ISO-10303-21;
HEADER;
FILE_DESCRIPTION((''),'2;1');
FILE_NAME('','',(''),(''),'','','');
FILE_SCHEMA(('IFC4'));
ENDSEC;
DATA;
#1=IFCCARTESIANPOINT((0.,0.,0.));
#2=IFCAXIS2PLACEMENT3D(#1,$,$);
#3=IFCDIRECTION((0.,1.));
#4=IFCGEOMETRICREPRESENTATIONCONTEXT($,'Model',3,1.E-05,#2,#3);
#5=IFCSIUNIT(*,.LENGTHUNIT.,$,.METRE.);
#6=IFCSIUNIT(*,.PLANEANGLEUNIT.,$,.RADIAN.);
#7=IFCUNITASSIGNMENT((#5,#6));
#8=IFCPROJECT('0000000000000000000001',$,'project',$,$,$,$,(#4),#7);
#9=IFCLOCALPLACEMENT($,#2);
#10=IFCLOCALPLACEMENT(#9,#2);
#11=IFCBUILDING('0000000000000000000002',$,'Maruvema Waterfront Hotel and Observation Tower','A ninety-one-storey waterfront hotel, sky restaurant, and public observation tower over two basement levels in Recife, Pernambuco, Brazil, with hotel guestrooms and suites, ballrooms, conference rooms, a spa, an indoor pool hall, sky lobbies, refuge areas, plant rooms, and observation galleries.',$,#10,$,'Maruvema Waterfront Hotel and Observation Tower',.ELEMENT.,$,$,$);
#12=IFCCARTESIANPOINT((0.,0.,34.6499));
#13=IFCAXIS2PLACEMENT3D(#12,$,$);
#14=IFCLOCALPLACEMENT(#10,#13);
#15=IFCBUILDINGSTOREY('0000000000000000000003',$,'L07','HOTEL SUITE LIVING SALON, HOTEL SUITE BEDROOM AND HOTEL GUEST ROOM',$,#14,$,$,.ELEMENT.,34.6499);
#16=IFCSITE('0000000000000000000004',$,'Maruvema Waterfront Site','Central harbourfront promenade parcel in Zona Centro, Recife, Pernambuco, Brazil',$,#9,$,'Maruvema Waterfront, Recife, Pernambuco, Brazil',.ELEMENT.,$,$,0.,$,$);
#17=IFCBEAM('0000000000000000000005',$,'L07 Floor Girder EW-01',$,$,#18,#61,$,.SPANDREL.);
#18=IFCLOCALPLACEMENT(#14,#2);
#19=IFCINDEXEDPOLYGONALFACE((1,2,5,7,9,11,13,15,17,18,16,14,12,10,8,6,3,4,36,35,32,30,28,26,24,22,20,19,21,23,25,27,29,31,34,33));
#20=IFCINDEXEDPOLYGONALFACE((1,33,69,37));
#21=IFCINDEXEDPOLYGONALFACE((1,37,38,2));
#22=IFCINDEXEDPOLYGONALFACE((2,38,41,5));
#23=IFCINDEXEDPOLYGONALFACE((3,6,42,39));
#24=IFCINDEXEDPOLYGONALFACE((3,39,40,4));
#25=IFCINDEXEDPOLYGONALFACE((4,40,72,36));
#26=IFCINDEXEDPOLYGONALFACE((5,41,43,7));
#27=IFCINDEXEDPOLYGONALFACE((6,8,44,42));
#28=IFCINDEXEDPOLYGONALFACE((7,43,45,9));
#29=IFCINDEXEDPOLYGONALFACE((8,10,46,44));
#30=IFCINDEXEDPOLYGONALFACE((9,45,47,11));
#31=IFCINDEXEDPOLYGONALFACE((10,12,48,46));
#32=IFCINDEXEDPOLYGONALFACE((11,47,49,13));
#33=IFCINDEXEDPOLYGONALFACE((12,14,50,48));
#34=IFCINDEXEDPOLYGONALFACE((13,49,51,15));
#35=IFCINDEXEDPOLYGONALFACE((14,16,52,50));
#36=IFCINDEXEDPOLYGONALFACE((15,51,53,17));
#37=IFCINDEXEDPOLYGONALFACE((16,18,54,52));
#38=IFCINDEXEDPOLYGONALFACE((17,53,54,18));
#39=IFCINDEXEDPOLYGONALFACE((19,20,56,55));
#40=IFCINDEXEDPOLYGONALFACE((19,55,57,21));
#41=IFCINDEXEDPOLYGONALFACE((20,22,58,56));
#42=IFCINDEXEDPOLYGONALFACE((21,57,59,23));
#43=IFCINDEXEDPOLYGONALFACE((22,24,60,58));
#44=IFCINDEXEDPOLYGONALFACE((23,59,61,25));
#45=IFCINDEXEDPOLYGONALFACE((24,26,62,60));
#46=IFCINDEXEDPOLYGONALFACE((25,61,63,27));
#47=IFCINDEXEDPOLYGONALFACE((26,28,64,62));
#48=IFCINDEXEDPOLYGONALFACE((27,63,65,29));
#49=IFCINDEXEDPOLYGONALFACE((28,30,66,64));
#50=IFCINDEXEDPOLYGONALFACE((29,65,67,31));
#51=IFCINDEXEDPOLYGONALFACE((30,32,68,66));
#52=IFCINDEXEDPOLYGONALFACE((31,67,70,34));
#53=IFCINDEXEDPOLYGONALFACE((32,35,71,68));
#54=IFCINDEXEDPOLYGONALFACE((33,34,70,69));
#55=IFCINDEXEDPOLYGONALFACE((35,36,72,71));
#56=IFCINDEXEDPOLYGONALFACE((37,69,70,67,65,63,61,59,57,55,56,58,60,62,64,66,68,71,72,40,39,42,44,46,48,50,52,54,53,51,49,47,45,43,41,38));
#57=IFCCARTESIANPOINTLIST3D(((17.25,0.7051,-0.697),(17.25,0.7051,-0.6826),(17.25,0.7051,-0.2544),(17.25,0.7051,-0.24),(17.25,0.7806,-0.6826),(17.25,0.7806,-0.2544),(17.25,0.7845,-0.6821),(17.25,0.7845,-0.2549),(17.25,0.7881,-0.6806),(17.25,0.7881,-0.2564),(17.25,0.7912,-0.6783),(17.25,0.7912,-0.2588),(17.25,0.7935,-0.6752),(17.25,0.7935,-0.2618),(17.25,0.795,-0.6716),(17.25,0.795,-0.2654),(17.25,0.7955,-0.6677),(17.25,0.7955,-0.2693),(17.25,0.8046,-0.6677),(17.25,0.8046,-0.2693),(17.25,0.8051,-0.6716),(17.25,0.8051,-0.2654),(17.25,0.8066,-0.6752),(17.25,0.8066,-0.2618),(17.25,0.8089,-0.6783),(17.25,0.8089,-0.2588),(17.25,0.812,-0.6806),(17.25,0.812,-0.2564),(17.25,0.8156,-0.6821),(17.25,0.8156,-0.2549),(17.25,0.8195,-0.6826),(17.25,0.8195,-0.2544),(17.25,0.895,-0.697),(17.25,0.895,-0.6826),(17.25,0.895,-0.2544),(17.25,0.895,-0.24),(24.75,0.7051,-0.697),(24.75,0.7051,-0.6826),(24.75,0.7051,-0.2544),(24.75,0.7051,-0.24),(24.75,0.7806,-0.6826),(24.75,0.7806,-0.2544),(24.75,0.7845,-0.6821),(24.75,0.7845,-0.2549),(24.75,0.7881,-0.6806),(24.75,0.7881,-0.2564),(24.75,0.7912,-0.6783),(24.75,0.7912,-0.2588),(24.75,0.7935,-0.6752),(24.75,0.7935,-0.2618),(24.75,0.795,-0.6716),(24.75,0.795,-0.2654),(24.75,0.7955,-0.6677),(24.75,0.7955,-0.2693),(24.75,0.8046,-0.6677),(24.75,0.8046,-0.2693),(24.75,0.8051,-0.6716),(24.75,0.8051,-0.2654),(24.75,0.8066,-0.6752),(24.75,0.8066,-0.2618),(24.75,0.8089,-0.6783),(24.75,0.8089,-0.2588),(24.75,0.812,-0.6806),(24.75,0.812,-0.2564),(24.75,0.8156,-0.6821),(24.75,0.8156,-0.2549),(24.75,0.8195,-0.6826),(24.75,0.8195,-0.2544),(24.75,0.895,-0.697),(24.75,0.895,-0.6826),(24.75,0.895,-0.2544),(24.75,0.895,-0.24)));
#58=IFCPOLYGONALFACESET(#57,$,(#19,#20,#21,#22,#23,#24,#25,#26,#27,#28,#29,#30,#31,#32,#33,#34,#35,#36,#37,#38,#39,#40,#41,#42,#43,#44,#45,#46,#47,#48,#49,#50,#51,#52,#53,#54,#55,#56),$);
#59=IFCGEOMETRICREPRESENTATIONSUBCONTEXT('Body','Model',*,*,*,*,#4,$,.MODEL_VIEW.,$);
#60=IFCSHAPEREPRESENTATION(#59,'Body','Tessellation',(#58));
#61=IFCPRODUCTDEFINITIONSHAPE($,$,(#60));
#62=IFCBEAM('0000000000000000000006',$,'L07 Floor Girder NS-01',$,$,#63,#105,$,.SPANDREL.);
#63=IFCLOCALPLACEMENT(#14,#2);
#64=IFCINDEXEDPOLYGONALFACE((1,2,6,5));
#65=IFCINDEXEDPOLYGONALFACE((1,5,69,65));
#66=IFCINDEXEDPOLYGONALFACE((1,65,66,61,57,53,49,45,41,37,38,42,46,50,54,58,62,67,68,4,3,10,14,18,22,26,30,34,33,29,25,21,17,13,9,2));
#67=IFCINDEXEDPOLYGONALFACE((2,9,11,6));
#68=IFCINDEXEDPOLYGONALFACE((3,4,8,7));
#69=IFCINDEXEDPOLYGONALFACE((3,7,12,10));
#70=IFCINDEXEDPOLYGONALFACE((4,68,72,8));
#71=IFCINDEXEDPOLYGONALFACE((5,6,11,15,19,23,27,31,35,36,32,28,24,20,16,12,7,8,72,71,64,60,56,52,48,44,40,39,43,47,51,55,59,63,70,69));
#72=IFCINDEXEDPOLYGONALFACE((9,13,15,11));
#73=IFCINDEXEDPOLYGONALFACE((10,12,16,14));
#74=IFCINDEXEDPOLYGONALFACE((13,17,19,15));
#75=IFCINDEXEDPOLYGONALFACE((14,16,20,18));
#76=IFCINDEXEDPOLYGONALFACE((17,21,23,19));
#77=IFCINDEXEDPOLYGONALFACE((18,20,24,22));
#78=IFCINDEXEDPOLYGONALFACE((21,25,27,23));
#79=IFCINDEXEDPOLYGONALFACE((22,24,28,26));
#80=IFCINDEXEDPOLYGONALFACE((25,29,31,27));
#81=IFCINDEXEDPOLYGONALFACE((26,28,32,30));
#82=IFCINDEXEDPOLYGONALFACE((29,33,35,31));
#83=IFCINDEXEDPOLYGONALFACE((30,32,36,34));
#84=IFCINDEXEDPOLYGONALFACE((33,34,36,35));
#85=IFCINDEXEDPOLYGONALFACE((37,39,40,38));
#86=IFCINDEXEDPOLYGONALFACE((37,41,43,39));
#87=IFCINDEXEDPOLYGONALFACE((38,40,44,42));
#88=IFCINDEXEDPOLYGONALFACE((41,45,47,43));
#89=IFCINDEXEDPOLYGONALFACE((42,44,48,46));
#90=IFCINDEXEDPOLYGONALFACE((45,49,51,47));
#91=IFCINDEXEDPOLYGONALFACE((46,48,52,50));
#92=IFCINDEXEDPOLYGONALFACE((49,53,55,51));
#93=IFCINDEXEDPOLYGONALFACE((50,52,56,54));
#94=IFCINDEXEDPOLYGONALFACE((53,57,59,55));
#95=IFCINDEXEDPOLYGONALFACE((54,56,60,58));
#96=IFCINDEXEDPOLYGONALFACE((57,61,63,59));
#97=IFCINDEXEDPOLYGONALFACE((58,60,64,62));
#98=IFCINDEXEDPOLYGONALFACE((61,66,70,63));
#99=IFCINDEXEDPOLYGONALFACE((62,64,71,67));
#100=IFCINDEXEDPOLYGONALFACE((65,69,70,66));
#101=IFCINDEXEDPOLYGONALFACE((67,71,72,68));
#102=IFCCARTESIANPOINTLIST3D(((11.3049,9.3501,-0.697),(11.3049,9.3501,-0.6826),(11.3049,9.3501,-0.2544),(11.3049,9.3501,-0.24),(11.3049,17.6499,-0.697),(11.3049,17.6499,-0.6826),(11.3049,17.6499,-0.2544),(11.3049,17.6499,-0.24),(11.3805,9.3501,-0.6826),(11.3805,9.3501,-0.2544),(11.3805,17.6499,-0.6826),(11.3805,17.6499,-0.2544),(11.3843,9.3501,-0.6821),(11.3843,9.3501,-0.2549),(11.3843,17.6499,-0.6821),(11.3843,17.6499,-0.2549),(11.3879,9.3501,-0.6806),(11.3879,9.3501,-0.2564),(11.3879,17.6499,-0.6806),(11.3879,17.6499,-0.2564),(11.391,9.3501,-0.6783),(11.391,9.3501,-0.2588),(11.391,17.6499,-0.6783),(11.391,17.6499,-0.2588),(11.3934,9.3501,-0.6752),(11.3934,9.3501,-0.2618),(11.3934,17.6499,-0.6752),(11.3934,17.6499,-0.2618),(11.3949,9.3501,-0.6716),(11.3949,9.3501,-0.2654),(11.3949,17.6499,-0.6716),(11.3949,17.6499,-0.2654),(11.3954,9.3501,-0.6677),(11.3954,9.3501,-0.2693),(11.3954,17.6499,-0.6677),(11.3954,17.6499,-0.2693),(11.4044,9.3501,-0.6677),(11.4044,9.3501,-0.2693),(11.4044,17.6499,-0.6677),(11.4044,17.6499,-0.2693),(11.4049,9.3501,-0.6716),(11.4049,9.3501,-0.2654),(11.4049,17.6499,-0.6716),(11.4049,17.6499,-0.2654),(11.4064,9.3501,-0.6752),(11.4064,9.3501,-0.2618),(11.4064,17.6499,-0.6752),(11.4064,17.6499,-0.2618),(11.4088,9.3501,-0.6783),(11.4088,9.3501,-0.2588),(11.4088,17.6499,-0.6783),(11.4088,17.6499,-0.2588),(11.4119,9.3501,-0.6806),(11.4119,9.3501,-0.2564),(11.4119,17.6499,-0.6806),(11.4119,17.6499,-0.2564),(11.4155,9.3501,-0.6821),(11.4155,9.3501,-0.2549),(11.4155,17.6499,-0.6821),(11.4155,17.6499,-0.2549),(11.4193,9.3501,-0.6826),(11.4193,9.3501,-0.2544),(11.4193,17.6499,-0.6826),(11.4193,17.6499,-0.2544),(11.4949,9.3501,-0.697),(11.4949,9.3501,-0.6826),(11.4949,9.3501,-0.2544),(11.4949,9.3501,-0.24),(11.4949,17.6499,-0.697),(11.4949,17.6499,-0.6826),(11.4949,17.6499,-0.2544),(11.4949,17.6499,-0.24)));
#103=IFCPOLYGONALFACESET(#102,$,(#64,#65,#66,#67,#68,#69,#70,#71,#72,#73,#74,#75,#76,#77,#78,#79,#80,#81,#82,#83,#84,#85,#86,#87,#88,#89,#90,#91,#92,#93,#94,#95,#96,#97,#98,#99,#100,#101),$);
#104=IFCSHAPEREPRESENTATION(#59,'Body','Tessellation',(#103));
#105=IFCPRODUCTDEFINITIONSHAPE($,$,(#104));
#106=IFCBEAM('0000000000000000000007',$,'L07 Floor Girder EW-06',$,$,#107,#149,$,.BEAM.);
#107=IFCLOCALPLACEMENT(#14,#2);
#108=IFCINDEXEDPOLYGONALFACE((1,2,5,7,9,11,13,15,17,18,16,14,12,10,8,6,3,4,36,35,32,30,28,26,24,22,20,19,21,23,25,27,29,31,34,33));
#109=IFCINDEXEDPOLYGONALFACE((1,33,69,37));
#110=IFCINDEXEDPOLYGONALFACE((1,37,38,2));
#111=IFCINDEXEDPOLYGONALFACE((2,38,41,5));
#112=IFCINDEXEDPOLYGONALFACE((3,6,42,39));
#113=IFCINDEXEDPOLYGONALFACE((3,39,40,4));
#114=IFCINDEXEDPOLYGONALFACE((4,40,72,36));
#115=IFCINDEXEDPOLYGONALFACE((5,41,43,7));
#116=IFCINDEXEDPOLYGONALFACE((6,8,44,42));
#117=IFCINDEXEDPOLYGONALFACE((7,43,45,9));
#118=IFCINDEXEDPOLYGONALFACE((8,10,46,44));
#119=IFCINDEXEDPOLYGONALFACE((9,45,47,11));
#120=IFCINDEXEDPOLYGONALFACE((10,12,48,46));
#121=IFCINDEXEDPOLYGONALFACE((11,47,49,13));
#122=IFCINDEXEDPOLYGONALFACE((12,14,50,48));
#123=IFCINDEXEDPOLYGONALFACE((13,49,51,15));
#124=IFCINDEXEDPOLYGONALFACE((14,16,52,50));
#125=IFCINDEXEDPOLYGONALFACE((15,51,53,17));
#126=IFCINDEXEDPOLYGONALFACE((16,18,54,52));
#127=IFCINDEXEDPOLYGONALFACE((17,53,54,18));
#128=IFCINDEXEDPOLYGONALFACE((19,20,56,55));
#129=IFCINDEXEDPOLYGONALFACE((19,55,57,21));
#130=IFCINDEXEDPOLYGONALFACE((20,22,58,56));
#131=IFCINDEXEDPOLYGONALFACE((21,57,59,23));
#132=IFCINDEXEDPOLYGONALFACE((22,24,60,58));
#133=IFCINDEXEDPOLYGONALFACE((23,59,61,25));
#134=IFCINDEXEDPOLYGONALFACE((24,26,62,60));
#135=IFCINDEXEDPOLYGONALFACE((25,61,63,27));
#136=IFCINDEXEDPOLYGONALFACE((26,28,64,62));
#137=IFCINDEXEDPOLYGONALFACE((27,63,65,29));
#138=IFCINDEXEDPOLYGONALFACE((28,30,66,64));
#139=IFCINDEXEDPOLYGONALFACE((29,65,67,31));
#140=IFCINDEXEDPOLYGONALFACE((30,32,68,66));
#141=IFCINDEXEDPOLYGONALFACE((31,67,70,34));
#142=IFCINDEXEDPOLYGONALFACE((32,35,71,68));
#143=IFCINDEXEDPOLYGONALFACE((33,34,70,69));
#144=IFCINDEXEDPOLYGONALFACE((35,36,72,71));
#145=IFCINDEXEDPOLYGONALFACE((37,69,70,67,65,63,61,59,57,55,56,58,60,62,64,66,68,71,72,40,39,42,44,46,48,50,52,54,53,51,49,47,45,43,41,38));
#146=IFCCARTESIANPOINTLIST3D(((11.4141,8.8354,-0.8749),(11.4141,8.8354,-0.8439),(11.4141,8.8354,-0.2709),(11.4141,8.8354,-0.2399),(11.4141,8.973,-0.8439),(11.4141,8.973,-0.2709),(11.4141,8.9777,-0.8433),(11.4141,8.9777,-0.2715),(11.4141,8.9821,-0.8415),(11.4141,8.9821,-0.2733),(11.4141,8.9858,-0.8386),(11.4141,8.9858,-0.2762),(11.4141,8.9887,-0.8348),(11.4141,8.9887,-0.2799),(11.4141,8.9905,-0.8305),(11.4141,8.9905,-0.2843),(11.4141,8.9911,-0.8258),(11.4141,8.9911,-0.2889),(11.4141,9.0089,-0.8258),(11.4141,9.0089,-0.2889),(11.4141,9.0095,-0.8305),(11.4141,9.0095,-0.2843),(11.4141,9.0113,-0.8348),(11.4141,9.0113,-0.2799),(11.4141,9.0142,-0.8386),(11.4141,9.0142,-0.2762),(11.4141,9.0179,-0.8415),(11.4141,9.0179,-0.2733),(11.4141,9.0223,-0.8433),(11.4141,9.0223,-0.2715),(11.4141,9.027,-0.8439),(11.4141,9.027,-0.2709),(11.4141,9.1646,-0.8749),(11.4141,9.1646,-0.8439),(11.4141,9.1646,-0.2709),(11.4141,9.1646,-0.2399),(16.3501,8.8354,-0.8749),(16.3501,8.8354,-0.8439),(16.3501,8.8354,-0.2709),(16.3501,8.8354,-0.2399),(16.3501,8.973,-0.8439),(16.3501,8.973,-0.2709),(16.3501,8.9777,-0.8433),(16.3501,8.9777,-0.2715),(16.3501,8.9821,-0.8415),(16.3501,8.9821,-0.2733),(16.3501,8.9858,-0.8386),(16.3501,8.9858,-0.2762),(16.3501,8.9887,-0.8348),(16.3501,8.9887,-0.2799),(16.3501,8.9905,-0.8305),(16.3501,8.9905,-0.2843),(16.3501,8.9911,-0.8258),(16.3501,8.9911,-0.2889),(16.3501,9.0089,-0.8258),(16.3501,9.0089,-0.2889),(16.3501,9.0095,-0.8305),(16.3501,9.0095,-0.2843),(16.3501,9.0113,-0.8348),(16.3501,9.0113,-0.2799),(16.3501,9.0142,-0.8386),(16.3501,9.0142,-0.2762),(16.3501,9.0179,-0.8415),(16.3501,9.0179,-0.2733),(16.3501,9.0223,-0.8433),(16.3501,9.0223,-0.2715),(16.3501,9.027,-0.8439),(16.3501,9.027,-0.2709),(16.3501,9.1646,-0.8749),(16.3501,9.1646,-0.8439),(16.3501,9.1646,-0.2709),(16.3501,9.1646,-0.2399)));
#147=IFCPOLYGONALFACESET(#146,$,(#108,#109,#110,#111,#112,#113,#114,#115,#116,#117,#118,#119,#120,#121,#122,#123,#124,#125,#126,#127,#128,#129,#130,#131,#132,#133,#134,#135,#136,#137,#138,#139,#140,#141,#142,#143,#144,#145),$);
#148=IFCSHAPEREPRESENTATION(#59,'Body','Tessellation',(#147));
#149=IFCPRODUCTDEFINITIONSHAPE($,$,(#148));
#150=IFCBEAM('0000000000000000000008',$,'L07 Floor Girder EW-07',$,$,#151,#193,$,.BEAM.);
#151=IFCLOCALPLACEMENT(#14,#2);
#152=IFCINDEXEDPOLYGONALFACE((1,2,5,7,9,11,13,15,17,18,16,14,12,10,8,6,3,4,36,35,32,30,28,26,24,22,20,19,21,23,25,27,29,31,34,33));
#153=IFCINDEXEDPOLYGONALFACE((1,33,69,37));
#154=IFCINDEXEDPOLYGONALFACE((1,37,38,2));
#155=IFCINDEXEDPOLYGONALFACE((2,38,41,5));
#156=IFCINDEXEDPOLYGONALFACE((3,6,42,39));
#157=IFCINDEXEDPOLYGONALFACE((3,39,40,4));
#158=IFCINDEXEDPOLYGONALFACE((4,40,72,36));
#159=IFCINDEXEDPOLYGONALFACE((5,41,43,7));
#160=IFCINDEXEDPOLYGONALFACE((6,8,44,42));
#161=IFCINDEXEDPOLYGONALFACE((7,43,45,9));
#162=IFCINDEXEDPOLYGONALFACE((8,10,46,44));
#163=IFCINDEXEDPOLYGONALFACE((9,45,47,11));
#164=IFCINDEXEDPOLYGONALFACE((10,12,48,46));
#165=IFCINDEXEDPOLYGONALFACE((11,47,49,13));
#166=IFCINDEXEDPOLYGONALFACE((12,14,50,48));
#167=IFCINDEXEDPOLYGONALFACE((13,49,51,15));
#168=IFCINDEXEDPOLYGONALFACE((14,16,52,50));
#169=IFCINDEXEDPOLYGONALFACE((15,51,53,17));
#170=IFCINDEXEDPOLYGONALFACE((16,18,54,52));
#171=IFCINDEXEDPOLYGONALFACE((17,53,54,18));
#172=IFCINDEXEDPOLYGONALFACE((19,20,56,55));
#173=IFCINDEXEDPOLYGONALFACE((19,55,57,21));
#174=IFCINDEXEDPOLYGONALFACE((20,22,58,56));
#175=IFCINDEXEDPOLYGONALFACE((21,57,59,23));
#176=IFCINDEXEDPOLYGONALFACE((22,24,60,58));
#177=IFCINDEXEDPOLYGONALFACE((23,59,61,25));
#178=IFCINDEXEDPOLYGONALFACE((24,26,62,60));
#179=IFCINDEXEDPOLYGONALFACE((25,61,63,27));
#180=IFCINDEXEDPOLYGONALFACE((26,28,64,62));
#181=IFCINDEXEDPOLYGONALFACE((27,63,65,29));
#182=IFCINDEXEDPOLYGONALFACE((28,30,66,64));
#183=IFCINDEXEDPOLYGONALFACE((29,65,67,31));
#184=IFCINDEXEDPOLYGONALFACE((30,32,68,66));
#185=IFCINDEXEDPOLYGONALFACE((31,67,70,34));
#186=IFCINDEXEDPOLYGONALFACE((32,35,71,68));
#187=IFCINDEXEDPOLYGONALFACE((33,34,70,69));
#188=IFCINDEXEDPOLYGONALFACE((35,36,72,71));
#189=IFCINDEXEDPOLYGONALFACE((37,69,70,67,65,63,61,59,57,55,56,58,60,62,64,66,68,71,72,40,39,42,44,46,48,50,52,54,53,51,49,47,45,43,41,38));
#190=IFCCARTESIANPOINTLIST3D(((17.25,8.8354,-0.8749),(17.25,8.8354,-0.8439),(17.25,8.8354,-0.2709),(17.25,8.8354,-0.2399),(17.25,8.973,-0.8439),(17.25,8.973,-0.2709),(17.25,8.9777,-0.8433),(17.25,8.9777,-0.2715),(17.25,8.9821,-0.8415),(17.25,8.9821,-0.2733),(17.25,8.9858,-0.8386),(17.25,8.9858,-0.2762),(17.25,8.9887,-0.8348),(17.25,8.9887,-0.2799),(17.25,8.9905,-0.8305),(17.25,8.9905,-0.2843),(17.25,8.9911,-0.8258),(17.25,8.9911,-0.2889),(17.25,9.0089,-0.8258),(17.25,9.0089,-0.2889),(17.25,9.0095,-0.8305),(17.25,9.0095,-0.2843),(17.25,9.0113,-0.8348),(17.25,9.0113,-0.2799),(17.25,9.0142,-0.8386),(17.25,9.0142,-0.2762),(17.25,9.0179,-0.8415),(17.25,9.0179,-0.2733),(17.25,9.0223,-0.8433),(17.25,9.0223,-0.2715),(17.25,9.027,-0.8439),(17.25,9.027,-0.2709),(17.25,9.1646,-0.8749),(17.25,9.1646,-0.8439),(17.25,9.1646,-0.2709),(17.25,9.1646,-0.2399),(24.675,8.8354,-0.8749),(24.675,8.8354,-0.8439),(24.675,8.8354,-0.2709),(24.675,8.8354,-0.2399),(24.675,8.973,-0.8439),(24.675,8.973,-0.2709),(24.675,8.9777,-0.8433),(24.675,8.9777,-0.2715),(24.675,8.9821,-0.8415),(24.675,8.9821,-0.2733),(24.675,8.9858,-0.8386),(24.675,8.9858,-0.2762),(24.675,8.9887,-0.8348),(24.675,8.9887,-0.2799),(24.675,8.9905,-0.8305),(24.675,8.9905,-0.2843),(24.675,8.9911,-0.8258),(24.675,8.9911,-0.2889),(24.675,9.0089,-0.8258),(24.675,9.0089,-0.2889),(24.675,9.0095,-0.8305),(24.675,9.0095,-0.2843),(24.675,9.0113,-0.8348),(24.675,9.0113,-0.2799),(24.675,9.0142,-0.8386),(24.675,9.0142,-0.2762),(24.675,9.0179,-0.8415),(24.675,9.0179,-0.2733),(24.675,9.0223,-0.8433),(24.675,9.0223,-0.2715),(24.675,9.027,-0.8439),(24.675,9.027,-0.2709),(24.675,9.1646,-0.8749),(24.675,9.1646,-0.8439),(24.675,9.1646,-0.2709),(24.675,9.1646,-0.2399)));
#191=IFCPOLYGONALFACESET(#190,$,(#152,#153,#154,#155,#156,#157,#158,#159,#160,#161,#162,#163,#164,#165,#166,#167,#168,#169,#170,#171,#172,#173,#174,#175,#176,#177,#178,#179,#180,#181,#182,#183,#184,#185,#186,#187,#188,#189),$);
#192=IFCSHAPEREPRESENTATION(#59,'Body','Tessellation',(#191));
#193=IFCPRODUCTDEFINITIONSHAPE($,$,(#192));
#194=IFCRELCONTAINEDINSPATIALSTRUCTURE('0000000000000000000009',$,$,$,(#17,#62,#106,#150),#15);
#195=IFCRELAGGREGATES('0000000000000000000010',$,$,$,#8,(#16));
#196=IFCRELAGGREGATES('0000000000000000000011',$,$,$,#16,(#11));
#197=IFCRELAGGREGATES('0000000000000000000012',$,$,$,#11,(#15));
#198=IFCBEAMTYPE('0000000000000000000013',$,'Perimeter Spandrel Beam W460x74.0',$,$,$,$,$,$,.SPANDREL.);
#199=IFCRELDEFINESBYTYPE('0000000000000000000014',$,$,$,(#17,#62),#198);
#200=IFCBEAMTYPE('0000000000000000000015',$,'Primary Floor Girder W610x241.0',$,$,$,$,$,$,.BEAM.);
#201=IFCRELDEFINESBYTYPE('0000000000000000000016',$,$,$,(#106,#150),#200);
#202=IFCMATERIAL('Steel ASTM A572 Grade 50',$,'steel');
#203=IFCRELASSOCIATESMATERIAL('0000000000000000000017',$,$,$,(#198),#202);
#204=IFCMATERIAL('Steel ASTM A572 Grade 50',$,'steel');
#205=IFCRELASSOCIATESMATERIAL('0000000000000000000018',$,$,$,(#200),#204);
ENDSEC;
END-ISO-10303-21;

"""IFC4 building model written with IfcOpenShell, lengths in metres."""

from ifc_helpers import new_model, si_unit, direction, frame, origin, origin_2d, place, context, subcontext, project, spatial, i_section, extrude, material, material_profile, profile_set, type_object, element, save


model = new_model("IFC4")

# Units and contexts
model_context = context("Model", 3, precision=1e-05, world=origin(), true_north=direction((0.0, 1.0)))
body_context = subcontext(model_context, "Body", "Model", "MODEL_VIEW")
ifc_project = project(units=[si_unit("LENGTHUNIT", "METRE"), si_unit("PLANEANGLEUNIT", "RADIAN")], contexts=[model_context])

# Site, building, storey
site_placement = place(None, origin())
site = spatial("IfcSite", under=ifc_project, at=site_placement, Name="Maruvema Waterfront Site", Description="Central harbourfront promenade parcel in Zona Centro, Recife, Pernambuco, Brazil", LongName="Maruvema Waterfront, Recife, Pernambuco, Brazil", CompositionType="ELEMENT", RefElevation=0.0)
building_placement = place(site_placement, origin())
building = spatial("IfcBuilding", under=site, at=building_placement, Name="Maruvema Waterfront Hotel and Observation Tower", Description="A ninety-one-storey waterfront hotel, sky restaurant, and public observation tower over two basement levels in Recife, Pernambuco, Brazil, with hotel guestrooms and suites, ballrooms, conference rooms, a spa, an indoor pool hall, sky lobbies, refuge areas, plant rooms, and observation galleries.", LongName="Maruvema Waterfront Hotel and Observation Tower", CompositionType="ELEMENT")
storey_placement = place(building_placement, frame((0.0, 0.0, 34.6499)))
storey = spatial("IfcBuildingStorey", under=building, at=storey_placement, Name="L07", Description="HOTEL SUITE LIVING SALON, HOTEL SUITE BEDROOM AND HOTEL GUEST ROOM", CompositionType="ELEMENT", Elevation=34.6499)

# Beams
ifc_material_1 = material(Name="Steel ASTM A572 Grade 50", Category="steel")
ifc_material_profile_1 = material_profile(ifc_material_1, i_section(OverallWidth=0.1899, OverallDepth=0.457, WebThickness=0.009, FlangeThickness=0.0144, FilletRadius=0.0149, at=origin_2d()), Name="W460x74.0")
ifc_profile_set_1 = profile_set([ifc_material_profile_1], Name="Steel ASTM A572 Grade 50")
beam_type_1 = type_object("IfcBeamType", Name="Perimeter Spandrel Beam W460x74.0", PredefinedType="SPANDREL", material=ifc_profile_set_1)
beam_1_placement = place(storey_placement, frame((17.25, 0.8, -0.4685), z_axis=(1.0, 0.0, 0.0), x_axis=(0.0, 1.0, 0.0)))
element("IfcBeam", 1, at=beam_1_placement, inside=storey, type_object=beam_type_1, Name="L07 Floor Girder EW-01", PredefinedType="SPANDREL", context=body_context, shape_type="SweptSolid", body=[
    extrude(i_section(OverallWidth=0.1899, OverallDepth=0.457, WebThickness=0.009, FlangeThickness=0.0144, FilletRadius=0.0149, at=origin_2d()), origin(), (0.0, 0.0, 1.0), 7.5),
])
beam_2_placement = place(storey_placement, frame((11.3999, 9.3501, -0.4685), z_axis=(0.0, 1.0, 0.0), x_axis=(-1.0, 0.0, 0.0)))
element("IfcBeam", 2, at=beam_2_placement, inside=storey, type_object=beam_type_1, Name="L07 Floor Girder NS-01", PredefinedType="SPANDREL", context=body_context, shape_type="SweptSolid", body=[
    extrude(i_section(OverallWidth=0.1899, OverallDepth=0.457, WebThickness=0.009, FlangeThickness=0.0144, FilletRadius=0.0149, at=origin_2d()), origin(), (0.0, 0.0, 1.0), 8.2998),
])
ifc_material_2 = material(Name="Steel ASTM A572 Grade 50", Category="steel")
ifc_material_profile_2 = material_profile(ifc_material_2, i_section(OverallWidth=0.3291, OverallDepth=0.635, WebThickness=0.0178, FlangeThickness=0.031, FilletRadius=0.0181, at=origin_2d()), Name="W610x241.0")
ifc_profile_set_2 = profile_set([ifc_material_profile_2], Name="Steel ASTM A572 Grade 50")
beam_type_2 = type_object("IfcBeamType", Name="Primary Floor Girder W610x241.0", PredefinedType="BEAM", material=ifc_profile_set_2)
beam_3_placement = place(storey_placement, frame((11.4141, 9.0, -0.5574), z_axis=(1.0, 0.0, 0.0), x_axis=(0.0, 1.0, 0.0)))
element("IfcBeam", 3, at=beam_3_placement, inside=storey, type_object=beam_type_2, Name="L07 Floor Girder EW-06", PredefinedType="BEAM", context=body_context, shape_type="SweptSolid", body=[
    extrude(i_section(OverallWidth=0.3291, OverallDepth=0.635, WebThickness=0.0178, FlangeThickness=0.031, FilletRadius=0.0181, at=origin_2d()), origin(), (0.0, 0.0, 1.0), 4.936),
])
beam_4_placement = place(storey_placement, frame((17.25, 9.0, -0.5574), z_axis=(1.0, 0.0, 0.0), x_axis=(0.0, 1.0, 0.0)))
element("IfcBeam", 4, at=beam_4_placement, inside=storey, type_object=beam_type_2, Name="L07 Floor Girder EW-07", PredefinedType="BEAM", context=body_context, shape_type="SweptSolid", body=[
    extrude(i_section(OverallWidth=0.3291, OverallDepth=0.635, WebThickness=0.0178, FlangeThickness=0.031, FilletRadius=0.0181, at=origin_2d()), origin(), (0.0, 0.0, 1.0), 7.425),
])

save(model, "model.ifc")
